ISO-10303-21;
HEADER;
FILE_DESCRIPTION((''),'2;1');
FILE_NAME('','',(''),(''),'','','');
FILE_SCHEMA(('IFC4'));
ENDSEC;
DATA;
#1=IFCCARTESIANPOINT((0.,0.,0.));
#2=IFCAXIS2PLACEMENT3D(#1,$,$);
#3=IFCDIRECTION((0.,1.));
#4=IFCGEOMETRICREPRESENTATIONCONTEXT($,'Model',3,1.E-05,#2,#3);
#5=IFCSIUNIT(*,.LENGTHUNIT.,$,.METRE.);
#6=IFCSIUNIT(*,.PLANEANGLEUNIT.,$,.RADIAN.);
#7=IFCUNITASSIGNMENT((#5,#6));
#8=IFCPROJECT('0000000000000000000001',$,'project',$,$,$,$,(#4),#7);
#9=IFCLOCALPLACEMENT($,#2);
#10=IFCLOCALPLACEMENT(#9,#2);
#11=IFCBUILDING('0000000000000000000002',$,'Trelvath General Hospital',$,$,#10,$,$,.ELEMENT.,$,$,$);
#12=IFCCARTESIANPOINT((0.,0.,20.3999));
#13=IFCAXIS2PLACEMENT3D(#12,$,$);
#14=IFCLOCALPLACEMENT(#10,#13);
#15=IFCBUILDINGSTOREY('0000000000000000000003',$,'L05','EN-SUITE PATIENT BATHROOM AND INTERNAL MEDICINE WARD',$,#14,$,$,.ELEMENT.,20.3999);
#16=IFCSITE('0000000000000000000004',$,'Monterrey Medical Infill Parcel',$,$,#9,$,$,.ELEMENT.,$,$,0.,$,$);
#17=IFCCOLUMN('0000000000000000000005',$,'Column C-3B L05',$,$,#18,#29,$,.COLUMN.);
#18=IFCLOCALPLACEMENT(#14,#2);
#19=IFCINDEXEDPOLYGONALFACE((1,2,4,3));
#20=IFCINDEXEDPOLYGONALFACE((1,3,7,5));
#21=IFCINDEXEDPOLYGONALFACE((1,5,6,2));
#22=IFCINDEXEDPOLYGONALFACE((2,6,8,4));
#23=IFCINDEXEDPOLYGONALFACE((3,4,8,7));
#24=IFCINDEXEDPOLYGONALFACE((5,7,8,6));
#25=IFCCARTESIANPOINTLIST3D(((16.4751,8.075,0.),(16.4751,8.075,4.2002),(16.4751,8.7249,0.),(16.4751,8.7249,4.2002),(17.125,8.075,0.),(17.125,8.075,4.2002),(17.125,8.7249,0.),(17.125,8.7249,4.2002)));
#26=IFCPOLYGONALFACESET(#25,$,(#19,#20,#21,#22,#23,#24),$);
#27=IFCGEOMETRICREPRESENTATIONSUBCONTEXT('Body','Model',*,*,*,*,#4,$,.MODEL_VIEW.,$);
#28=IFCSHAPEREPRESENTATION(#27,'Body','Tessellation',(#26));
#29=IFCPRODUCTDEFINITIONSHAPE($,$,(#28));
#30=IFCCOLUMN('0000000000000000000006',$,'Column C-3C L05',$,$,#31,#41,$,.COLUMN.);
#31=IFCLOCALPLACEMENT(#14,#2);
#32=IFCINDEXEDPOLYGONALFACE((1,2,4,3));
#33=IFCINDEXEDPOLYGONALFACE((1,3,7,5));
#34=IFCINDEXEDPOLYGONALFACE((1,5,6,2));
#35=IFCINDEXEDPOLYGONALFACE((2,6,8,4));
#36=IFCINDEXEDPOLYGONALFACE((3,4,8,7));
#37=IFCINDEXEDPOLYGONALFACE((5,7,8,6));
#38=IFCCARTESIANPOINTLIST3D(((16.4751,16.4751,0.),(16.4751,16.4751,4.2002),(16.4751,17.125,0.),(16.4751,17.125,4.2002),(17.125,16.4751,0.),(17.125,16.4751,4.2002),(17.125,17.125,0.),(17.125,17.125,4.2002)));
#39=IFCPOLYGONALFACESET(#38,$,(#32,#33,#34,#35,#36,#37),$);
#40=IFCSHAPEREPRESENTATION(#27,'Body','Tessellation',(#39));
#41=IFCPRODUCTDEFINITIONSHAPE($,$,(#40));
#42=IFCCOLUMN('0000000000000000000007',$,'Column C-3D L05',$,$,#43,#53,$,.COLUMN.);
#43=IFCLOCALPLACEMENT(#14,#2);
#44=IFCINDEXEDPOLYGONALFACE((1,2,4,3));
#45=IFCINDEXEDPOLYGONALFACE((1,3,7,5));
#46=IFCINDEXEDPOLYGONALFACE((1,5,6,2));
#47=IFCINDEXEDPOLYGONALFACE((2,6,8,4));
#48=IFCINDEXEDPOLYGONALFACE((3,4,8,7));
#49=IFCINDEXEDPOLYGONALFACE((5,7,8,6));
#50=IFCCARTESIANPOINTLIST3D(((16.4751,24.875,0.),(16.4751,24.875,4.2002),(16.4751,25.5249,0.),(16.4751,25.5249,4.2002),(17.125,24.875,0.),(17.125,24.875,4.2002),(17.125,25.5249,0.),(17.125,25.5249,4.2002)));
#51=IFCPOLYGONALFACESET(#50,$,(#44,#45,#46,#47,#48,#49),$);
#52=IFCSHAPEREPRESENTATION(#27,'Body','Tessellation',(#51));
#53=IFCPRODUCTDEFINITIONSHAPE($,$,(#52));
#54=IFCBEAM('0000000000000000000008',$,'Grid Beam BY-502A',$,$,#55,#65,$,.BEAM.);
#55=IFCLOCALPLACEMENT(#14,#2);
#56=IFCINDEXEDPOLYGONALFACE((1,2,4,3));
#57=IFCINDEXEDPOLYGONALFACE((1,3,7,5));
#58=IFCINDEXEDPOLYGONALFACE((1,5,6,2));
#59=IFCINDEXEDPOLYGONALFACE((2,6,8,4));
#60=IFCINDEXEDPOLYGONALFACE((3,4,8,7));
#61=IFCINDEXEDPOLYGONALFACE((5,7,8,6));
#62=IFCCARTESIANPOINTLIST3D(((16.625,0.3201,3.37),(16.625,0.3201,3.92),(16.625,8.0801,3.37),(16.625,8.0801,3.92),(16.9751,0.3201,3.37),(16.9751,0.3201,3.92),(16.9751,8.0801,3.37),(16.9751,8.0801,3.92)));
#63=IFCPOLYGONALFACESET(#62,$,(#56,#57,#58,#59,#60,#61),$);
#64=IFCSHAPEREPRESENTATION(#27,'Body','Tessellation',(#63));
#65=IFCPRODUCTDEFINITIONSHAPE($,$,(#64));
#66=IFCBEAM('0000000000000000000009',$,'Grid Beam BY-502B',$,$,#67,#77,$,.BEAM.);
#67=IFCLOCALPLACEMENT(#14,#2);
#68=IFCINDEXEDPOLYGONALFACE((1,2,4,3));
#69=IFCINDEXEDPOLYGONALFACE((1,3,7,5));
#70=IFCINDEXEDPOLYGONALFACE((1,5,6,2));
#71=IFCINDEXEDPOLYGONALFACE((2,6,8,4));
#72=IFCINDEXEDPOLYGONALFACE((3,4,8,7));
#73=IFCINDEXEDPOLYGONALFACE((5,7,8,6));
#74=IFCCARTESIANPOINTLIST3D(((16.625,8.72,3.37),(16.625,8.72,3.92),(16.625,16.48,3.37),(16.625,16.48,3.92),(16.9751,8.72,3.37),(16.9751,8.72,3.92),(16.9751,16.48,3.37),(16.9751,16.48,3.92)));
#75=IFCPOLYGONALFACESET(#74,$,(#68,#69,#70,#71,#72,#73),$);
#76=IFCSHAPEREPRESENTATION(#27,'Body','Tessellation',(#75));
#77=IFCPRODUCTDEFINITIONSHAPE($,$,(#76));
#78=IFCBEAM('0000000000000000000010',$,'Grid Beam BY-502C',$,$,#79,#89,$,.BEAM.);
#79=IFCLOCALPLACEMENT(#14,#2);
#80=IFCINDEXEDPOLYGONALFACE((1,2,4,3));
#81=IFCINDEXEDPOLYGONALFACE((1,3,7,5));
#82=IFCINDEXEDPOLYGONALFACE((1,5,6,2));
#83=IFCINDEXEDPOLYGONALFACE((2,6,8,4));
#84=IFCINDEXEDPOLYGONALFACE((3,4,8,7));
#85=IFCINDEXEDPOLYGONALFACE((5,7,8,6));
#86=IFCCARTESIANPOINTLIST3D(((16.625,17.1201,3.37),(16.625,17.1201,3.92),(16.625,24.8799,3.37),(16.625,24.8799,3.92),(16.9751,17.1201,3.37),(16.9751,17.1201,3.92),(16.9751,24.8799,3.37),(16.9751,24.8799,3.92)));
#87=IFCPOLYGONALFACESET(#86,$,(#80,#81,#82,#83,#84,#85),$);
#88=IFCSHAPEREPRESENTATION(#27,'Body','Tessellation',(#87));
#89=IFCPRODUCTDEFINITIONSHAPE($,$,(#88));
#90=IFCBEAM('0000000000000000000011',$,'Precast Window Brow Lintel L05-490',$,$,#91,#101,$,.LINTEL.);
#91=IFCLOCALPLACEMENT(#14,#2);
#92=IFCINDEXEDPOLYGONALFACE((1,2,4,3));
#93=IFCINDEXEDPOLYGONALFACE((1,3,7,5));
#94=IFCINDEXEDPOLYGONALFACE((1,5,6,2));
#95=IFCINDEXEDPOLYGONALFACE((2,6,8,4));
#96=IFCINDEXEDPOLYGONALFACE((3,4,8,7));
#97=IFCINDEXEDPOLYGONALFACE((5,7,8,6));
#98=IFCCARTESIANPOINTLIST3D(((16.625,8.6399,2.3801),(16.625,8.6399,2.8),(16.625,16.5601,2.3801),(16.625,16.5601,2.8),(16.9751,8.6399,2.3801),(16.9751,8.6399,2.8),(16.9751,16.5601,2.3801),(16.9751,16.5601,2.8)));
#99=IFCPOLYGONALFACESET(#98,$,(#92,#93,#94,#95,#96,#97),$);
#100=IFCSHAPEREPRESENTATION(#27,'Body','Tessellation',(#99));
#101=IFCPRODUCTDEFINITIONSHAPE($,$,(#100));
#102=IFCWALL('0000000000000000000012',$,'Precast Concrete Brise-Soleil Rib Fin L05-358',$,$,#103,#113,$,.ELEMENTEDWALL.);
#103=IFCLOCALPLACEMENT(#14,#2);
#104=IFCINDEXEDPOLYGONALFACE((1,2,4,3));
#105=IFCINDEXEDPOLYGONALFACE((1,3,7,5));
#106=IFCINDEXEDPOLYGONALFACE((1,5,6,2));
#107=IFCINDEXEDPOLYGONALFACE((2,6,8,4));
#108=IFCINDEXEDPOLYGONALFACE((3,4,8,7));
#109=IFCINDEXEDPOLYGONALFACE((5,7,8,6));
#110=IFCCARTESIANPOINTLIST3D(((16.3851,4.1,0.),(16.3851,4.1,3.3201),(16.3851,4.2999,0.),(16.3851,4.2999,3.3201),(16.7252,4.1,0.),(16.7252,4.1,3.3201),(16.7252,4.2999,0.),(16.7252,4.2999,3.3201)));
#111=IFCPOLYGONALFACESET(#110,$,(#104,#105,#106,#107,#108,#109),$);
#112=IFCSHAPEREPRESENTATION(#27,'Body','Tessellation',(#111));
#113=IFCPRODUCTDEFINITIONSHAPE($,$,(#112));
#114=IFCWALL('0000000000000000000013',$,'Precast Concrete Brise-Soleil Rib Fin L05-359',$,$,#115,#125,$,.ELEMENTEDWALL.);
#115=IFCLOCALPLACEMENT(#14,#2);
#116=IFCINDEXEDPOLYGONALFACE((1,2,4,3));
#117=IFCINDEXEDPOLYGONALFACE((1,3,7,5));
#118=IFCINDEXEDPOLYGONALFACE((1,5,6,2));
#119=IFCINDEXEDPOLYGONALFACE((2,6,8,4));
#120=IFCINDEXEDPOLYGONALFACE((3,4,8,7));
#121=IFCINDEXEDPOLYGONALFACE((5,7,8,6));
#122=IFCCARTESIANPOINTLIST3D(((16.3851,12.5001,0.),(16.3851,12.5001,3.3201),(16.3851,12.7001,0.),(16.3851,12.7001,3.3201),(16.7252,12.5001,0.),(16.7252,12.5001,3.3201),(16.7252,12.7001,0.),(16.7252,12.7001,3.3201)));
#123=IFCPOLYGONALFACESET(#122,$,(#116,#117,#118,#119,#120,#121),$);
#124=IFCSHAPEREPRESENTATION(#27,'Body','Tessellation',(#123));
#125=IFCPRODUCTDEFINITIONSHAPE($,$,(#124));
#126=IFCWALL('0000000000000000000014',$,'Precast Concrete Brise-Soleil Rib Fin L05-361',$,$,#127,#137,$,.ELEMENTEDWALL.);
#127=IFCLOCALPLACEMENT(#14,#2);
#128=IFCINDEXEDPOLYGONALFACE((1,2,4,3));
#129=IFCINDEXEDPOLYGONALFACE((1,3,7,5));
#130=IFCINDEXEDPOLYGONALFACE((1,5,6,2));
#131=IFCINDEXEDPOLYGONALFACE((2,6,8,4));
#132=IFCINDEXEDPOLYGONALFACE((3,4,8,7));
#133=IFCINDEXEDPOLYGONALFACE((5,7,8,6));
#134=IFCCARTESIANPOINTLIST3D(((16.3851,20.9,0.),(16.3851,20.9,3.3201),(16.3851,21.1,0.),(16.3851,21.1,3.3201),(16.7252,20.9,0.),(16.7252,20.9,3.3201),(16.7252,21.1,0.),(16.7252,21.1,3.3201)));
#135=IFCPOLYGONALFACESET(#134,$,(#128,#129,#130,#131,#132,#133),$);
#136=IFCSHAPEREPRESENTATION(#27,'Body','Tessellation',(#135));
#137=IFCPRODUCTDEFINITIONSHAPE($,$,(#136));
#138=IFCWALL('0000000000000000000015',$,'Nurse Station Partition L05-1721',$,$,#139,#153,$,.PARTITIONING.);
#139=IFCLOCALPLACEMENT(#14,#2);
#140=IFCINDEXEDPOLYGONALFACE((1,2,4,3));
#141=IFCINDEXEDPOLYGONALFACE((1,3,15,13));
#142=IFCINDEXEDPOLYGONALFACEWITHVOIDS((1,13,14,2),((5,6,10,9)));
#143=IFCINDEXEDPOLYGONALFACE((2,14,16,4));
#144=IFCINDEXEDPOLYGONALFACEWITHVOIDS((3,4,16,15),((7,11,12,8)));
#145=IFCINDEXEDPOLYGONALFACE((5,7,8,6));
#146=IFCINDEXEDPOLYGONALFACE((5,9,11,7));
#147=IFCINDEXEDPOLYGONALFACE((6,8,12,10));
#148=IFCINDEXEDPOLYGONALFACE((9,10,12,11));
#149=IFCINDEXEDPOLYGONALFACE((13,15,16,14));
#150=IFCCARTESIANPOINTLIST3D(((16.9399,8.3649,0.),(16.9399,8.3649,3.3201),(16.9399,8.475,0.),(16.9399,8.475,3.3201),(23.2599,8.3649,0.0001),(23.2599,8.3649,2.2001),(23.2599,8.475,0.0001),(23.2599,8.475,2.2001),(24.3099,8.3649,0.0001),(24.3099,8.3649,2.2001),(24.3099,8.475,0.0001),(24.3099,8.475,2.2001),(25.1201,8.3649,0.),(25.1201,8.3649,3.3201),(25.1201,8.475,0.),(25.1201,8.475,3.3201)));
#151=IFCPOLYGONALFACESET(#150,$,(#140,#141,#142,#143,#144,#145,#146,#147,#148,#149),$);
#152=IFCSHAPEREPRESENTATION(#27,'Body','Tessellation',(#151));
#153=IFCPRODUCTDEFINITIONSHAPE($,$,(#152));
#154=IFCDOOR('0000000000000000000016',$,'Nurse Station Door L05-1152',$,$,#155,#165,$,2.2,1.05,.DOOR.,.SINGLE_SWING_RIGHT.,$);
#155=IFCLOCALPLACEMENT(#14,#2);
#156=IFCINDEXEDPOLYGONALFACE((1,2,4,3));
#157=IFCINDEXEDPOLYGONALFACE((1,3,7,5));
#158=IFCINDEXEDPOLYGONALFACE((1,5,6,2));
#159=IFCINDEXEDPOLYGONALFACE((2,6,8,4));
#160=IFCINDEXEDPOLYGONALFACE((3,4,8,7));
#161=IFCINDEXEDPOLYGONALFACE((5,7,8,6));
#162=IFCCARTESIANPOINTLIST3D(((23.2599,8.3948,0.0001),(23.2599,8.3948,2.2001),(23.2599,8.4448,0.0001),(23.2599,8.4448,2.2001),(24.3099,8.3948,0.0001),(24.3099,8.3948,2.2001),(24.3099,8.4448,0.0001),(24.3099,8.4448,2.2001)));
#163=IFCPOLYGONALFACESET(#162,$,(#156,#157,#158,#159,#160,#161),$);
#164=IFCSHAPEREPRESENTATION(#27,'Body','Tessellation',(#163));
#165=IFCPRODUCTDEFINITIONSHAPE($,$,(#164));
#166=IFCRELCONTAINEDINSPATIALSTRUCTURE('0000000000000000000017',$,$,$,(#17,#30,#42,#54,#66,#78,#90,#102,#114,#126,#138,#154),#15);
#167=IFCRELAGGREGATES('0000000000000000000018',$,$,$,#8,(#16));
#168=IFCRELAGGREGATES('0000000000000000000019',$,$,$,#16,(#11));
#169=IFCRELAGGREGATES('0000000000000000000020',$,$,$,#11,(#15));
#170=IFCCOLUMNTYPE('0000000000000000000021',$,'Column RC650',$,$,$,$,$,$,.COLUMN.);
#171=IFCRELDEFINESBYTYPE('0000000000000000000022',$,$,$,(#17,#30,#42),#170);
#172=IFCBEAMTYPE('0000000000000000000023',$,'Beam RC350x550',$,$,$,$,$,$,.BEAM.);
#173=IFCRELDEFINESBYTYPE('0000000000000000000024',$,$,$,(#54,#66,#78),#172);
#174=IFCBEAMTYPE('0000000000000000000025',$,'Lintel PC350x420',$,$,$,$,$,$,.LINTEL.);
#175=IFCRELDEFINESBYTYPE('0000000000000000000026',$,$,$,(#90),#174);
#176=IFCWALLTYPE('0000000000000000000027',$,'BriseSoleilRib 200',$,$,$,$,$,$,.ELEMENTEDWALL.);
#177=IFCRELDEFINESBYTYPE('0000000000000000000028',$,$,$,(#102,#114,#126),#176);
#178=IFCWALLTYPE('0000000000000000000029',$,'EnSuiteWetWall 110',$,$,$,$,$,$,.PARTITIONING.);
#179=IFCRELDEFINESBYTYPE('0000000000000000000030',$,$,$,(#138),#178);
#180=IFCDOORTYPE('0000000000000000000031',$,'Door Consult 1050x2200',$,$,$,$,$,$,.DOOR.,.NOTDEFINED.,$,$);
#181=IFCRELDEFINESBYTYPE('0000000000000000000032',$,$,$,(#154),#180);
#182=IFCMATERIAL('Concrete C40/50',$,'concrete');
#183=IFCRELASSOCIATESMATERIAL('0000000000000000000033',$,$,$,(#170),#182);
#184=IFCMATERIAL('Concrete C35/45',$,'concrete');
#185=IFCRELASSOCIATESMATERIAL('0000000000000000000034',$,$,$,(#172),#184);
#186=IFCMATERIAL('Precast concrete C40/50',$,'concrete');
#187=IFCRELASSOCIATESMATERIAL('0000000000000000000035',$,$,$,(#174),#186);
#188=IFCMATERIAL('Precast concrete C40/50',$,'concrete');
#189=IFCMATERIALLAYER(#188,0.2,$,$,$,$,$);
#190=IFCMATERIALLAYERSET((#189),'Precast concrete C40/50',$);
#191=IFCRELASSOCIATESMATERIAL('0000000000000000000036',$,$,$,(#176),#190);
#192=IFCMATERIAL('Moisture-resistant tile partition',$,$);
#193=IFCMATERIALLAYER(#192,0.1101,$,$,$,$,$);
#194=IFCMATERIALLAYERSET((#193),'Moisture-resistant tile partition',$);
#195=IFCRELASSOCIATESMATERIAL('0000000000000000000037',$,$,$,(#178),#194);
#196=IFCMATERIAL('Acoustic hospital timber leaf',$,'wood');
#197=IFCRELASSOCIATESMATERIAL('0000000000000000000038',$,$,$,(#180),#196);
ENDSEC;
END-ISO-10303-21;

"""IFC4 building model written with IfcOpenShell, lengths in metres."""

from ifc_helpers import new_model, si_unit, direction, frame, frame_2d, origin, origin_2d, place, context, subcontext, project, spatial, rectangle, extrude, material, layer, layer_set, material_profile, profile_set, type_object, element, fill, save


model = new_model("IFC4")

# Units and contexts
model_context = context("Model", 3, precision=1e-05, world=origin(), true_north=direction((0.0, 1.0)))
body_context = subcontext(model_context, "Body", "Model", "MODEL_VIEW")
ifc_project = project(units=[si_unit("LENGTHUNIT", "METRE"), si_unit("PLANEANGLEUNIT", "RADIAN")], contexts=[model_context])

# Site, building, storey
site_placement = place(None, origin())
site = spatial("IfcSite", under=ifc_project, at=site_placement, Name="Monterrey Medical Infill Parcel", CompositionType="ELEMENT", RefElevation=0.0)
building_placement = place(site_placement, origin())
building = spatial("IfcBuilding", under=site, at=building_placement, Name="Trelvath General Hospital", CompositionType="ELEMENT")
storey_placement = place(building_placement, frame((0.0, 0.0, 20.3999)))
storey = spatial("IfcBuildingStorey", under=building, at=storey_placement, Name="L05", Description="EN-SUITE PATIENT BATHROOM AND INTERNAL MEDICINE WARD", CompositionType="ELEMENT", Elevation=20.3999)

# Columns
ifc_material_1 = material(Name="Concrete C40/50", Category="concrete")
ifc_material_profile_1 = material_profile(ifc_material_1, rectangle(XDim=0.6499, YDim=0.6499, at=origin_2d()), Name="RC650x650")
ifc_profile_set_1 = profile_set([ifc_material_profile_1], Name="Concrete C40/50")
column_type = type_object("IfcColumnType", Name="Column RC650", PredefinedType="COLUMN", material=ifc_profile_set_1)
for number, where, z_axis, x_axis, name in (
    (1, (16.8, 8.3999, 0.0), (0.0, 0.0, 1.0), (1.0, 0.0, 0.0), "Column C-3B L05"),
    (2, (16.8, 16.8, 0.0), (0.0, 0.0, 1.0), (1.0, 0.0, 0.0), "Column C-3C L05"),
    (3, (16.8, 25.2, 0.0), (0.0, 0.0, 1.0), (1.0, 0.0, 0.0), "Column C-3D L05"),
):
    element("IfcColumn", number, at=place(storey_placement, frame(where, z_axis=z_axis, x_axis=x_axis)), inside=storey, type_object=column_type, Name=name, PredefinedType="COLUMN", context=body_context, shape_type="SweptSolid", body=[
        extrude(rectangle(XDim=0.6499, YDim=0.6499, at=origin_2d()), origin(), (0.0, 0.0, 1.0), 4.2002),
    ])

# Beams
ifc_material_2 = material(Name="Concrete C35/45", Category="concrete")
ifc_material_profile_2 = material_profile(ifc_material_2, rectangle(XDim=0.3501, YDim=0.55, at=origin_2d()), Name="RCB350x550")
ifc_profile_set_2 = profile_set([ifc_material_profile_2], Name="Concrete C35/45")
beam_type_1 = type_object("IfcBeamType", Name="Beam RC350x550", PredefinedType="BEAM", material=ifc_profile_set_2)
for number, where, z_axis, x_axis, name in (
    (4, (16.8, 0.3201, 3.645), (0.0, 1.0, 0.0), (-1.0, 0.0, 0.0), "Grid Beam BY-502A"),
    (5, (16.8, 8.72, 3.645), (0.0, 1.0, 0.0), (-1.0, 0.0, 0.0), "Grid Beam BY-502B"),
):
    element("IfcBeam", number, at=place(storey_placement, frame(where, z_axis=z_axis, x_axis=x_axis)), inside=storey, type_object=beam_type_1, Name=name, PredefinedType="BEAM", context=body_context, shape_type="SweptSolid", body=[
        extrude(rectangle(XDim=0.3501, YDim=0.55, at=origin_2d()), origin(), (0.0, 0.0, 1.0), 7.76),
    ])
beam_1_placement = place(storey_placement, frame((16.8, 17.1201, 3.645), z_axis=(0.0, 1.0, 0.0), x_axis=(-1.0, 0.0, 0.0)))
element("IfcBeam", 6, at=beam_1_placement, inside=storey, type_object=beam_type_1, Name="Grid Beam BY-502C", PredefinedType="BEAM", context=body_context, shape_type="SweptSolid", body=[
    extrude(rectangle(XDim=0.3501, YDim=0.55, at=origin_2d()), origin(), (0.0, 0.0, 1.0), 7.7598),
])
ifc_material_3 = material(Name="Precast concrete C40/50", Category="concrete")
ifc_material_profile_3 = material_profile(ifc_material_3, rectangle(XDim=0.3501, YDim=0.4199, at=origin_2d()), Name="PCL350x420")
ifc_profile_set_3 = profile_set([ifc_material_profile_3], Name="Precast concrete C40/50")
beam_type_2 = type_object("IfcBeamType", Name="Lintel PC350x420", PredefinedType="LINTEL", material=ifc_profile_set_3)
beam_2_placement = place(storey_placement, frame((16.8, 8.6399, 2.5901), z_axis=(0.0, 1.0, 0.0), x_axis=(-1.0, 0.0, 0.0)))
element("IfcBeam", 7, at=beam_2_placement, inside=storey, type_object=beam_type_2, Name="Precast Window Brow Lintel L05-490", PredefinedType="LINTEL", context=body_context, shape_type="SweptSolid", body=[
    extrude(rectangle(XDim=0.3501, YDim=0.4199, at=origin_2d()), origin(), (0.0, 0.0, 1.0), 7.9202),
])

# Walls
ifc_material_4 = material(Name="Precast concrete C40/50", Category="concrete")
ifc_layer_1 = layer(ifc_material_4, 0.2)
ifc_layer_set_1 = layer_set([ifc_layer_1], Name="Precast concrete C40/50")
wall_type_1 = type_object("IfcWallType", Name="BriseSoleilRib 200", PredefinedType="ELEMENTEDWALL", material=ifc_layer_set_1)
for number, where, z_axis, x_axis, name in (
    (8, (16.7251, 4.2, 0.0), (0.0, 0.0, 1.0), (-1.0, 0.0, 0.0), "Precast Concrete Brise-Soleil Rib Fin L05-358"),
    (9, (16.7251, 12.6001, 0.0), (0.0, 0.0, 1.0), (-1.0, 0.0, 0.0), "Precast Concrete Brise-Soleil Rib Fin L05-359"),
    (10, (16.7251, 21.0, 0.0), (0.0, 0.0, 1.0), (-1.0, 0.0, 0.0), "Precast Concrete Brise-Soleil Rib Fin L05-361"),
):
    element("IfcWall", number, at=place(storey_placement, frame(where, z_axis=z_axis, x_axis=x_axis)), inside=storey, type_object=wall_type_1, Name=name, PredefinedType="ELEMENTEDWALL", context=body_context, shape_type="SweptSolid", body=[
        extrude(rectangle(XDim=0.3401, YDim=0.2, at=frame_2d((0.1699, 0.0))), origin(), (0.0, 0.0, 1.0), 3.3201),
    ])

# Wall, opening, door
ifc_material_5 = material(Name="Moisture-resistant tile partition")
ifc_layer_2 = layer(ifc_material_5, 0.1101)
ifc_layer_set_2 = layer_set([ifc_layer_2], Name="Moisture-resistant tile partition")
wall_type_2 = type_object("IfcWallType", Name="EnSuiteWetWall 110", PredefinedType="PARTITIONING", material=ifc_layer_set_2)
wall_1_placement = place(storey_placement, frame((16.9399, 8.4199, 0.0), z_axis=(0.0, 0.0, 1.0), x_axis=(1.0, 0.0, 0.0)))
wall_1 = element("IfcWall", 11, at=wall_1_placement, inside=storey, type_object=wall_type_2, Name="Nurse Station Partition L05-1721", PredefinedType="PARTITIONING", context=body_context, shape_type="SweptSolid", body=[
    extrude(rectangle(XDim=8.1802, YDim=0.1101, at=frame_2d((4.0901, 0.0))), origin(), (0.0, 0.0, 1.0), 3.3201),
])
opening_1_placement = place(wall_1_placement, frame((6.3201, 0.0, 0.0)))
opening_1 = element("IfcOpeningElement", 12, at=opening_1_placement, cuts=wall_1, PredefinedType="OPENING", context=body_context, shape_type="SweptSolid", body=[
    extrude(rectangle(XDim=1.05, YDim=2.2, at=frame_2d((0.5249, 1.1001))), frame((0.0, 0.0649, 0.0), z_axis=(0.0, -1.0, 0.0), x_axis=(1.0, 0.0, 0.0)), (0.0, 0.0, 1.0), 0.1301),
])
ifc_material_6 = material(Name="Acoustic hospital timber leaf", Category="wood")
door_type = type_object("IfcDoorType", Name="Door Consult 1050x2200", OperationType="NOTDEFINED", PredefinedType="DOOR", material=ifc_material_6)
door_placement = place(opening_1_placement, origin())
door = element("IfcDoor", 13, at=door_placement, inside=storey, type_object=door_type, Name="Nurse Station Door L05-1152", OperationType="SINGLE_SWING_RIGHT", OverallHeight=2.2, OverallWidth=1.05, PredefinedType="DOOR", context=body_context, shape_type="SweptSolid", body=[
    extrude(rectangle(XDim=1.05, YDim=2.2, at=frame_2d((0.5249, 1.1001))), frame((0.0, 0.0249, 0.0), z_axis=(0.0, -1.0, 0.0), x_axis=(1.0, 0.0, 0.0)), (0.0, 0.0, 1.0), 0.05),
])
fill(opening_1, door)

save(model, "model.ifc")
